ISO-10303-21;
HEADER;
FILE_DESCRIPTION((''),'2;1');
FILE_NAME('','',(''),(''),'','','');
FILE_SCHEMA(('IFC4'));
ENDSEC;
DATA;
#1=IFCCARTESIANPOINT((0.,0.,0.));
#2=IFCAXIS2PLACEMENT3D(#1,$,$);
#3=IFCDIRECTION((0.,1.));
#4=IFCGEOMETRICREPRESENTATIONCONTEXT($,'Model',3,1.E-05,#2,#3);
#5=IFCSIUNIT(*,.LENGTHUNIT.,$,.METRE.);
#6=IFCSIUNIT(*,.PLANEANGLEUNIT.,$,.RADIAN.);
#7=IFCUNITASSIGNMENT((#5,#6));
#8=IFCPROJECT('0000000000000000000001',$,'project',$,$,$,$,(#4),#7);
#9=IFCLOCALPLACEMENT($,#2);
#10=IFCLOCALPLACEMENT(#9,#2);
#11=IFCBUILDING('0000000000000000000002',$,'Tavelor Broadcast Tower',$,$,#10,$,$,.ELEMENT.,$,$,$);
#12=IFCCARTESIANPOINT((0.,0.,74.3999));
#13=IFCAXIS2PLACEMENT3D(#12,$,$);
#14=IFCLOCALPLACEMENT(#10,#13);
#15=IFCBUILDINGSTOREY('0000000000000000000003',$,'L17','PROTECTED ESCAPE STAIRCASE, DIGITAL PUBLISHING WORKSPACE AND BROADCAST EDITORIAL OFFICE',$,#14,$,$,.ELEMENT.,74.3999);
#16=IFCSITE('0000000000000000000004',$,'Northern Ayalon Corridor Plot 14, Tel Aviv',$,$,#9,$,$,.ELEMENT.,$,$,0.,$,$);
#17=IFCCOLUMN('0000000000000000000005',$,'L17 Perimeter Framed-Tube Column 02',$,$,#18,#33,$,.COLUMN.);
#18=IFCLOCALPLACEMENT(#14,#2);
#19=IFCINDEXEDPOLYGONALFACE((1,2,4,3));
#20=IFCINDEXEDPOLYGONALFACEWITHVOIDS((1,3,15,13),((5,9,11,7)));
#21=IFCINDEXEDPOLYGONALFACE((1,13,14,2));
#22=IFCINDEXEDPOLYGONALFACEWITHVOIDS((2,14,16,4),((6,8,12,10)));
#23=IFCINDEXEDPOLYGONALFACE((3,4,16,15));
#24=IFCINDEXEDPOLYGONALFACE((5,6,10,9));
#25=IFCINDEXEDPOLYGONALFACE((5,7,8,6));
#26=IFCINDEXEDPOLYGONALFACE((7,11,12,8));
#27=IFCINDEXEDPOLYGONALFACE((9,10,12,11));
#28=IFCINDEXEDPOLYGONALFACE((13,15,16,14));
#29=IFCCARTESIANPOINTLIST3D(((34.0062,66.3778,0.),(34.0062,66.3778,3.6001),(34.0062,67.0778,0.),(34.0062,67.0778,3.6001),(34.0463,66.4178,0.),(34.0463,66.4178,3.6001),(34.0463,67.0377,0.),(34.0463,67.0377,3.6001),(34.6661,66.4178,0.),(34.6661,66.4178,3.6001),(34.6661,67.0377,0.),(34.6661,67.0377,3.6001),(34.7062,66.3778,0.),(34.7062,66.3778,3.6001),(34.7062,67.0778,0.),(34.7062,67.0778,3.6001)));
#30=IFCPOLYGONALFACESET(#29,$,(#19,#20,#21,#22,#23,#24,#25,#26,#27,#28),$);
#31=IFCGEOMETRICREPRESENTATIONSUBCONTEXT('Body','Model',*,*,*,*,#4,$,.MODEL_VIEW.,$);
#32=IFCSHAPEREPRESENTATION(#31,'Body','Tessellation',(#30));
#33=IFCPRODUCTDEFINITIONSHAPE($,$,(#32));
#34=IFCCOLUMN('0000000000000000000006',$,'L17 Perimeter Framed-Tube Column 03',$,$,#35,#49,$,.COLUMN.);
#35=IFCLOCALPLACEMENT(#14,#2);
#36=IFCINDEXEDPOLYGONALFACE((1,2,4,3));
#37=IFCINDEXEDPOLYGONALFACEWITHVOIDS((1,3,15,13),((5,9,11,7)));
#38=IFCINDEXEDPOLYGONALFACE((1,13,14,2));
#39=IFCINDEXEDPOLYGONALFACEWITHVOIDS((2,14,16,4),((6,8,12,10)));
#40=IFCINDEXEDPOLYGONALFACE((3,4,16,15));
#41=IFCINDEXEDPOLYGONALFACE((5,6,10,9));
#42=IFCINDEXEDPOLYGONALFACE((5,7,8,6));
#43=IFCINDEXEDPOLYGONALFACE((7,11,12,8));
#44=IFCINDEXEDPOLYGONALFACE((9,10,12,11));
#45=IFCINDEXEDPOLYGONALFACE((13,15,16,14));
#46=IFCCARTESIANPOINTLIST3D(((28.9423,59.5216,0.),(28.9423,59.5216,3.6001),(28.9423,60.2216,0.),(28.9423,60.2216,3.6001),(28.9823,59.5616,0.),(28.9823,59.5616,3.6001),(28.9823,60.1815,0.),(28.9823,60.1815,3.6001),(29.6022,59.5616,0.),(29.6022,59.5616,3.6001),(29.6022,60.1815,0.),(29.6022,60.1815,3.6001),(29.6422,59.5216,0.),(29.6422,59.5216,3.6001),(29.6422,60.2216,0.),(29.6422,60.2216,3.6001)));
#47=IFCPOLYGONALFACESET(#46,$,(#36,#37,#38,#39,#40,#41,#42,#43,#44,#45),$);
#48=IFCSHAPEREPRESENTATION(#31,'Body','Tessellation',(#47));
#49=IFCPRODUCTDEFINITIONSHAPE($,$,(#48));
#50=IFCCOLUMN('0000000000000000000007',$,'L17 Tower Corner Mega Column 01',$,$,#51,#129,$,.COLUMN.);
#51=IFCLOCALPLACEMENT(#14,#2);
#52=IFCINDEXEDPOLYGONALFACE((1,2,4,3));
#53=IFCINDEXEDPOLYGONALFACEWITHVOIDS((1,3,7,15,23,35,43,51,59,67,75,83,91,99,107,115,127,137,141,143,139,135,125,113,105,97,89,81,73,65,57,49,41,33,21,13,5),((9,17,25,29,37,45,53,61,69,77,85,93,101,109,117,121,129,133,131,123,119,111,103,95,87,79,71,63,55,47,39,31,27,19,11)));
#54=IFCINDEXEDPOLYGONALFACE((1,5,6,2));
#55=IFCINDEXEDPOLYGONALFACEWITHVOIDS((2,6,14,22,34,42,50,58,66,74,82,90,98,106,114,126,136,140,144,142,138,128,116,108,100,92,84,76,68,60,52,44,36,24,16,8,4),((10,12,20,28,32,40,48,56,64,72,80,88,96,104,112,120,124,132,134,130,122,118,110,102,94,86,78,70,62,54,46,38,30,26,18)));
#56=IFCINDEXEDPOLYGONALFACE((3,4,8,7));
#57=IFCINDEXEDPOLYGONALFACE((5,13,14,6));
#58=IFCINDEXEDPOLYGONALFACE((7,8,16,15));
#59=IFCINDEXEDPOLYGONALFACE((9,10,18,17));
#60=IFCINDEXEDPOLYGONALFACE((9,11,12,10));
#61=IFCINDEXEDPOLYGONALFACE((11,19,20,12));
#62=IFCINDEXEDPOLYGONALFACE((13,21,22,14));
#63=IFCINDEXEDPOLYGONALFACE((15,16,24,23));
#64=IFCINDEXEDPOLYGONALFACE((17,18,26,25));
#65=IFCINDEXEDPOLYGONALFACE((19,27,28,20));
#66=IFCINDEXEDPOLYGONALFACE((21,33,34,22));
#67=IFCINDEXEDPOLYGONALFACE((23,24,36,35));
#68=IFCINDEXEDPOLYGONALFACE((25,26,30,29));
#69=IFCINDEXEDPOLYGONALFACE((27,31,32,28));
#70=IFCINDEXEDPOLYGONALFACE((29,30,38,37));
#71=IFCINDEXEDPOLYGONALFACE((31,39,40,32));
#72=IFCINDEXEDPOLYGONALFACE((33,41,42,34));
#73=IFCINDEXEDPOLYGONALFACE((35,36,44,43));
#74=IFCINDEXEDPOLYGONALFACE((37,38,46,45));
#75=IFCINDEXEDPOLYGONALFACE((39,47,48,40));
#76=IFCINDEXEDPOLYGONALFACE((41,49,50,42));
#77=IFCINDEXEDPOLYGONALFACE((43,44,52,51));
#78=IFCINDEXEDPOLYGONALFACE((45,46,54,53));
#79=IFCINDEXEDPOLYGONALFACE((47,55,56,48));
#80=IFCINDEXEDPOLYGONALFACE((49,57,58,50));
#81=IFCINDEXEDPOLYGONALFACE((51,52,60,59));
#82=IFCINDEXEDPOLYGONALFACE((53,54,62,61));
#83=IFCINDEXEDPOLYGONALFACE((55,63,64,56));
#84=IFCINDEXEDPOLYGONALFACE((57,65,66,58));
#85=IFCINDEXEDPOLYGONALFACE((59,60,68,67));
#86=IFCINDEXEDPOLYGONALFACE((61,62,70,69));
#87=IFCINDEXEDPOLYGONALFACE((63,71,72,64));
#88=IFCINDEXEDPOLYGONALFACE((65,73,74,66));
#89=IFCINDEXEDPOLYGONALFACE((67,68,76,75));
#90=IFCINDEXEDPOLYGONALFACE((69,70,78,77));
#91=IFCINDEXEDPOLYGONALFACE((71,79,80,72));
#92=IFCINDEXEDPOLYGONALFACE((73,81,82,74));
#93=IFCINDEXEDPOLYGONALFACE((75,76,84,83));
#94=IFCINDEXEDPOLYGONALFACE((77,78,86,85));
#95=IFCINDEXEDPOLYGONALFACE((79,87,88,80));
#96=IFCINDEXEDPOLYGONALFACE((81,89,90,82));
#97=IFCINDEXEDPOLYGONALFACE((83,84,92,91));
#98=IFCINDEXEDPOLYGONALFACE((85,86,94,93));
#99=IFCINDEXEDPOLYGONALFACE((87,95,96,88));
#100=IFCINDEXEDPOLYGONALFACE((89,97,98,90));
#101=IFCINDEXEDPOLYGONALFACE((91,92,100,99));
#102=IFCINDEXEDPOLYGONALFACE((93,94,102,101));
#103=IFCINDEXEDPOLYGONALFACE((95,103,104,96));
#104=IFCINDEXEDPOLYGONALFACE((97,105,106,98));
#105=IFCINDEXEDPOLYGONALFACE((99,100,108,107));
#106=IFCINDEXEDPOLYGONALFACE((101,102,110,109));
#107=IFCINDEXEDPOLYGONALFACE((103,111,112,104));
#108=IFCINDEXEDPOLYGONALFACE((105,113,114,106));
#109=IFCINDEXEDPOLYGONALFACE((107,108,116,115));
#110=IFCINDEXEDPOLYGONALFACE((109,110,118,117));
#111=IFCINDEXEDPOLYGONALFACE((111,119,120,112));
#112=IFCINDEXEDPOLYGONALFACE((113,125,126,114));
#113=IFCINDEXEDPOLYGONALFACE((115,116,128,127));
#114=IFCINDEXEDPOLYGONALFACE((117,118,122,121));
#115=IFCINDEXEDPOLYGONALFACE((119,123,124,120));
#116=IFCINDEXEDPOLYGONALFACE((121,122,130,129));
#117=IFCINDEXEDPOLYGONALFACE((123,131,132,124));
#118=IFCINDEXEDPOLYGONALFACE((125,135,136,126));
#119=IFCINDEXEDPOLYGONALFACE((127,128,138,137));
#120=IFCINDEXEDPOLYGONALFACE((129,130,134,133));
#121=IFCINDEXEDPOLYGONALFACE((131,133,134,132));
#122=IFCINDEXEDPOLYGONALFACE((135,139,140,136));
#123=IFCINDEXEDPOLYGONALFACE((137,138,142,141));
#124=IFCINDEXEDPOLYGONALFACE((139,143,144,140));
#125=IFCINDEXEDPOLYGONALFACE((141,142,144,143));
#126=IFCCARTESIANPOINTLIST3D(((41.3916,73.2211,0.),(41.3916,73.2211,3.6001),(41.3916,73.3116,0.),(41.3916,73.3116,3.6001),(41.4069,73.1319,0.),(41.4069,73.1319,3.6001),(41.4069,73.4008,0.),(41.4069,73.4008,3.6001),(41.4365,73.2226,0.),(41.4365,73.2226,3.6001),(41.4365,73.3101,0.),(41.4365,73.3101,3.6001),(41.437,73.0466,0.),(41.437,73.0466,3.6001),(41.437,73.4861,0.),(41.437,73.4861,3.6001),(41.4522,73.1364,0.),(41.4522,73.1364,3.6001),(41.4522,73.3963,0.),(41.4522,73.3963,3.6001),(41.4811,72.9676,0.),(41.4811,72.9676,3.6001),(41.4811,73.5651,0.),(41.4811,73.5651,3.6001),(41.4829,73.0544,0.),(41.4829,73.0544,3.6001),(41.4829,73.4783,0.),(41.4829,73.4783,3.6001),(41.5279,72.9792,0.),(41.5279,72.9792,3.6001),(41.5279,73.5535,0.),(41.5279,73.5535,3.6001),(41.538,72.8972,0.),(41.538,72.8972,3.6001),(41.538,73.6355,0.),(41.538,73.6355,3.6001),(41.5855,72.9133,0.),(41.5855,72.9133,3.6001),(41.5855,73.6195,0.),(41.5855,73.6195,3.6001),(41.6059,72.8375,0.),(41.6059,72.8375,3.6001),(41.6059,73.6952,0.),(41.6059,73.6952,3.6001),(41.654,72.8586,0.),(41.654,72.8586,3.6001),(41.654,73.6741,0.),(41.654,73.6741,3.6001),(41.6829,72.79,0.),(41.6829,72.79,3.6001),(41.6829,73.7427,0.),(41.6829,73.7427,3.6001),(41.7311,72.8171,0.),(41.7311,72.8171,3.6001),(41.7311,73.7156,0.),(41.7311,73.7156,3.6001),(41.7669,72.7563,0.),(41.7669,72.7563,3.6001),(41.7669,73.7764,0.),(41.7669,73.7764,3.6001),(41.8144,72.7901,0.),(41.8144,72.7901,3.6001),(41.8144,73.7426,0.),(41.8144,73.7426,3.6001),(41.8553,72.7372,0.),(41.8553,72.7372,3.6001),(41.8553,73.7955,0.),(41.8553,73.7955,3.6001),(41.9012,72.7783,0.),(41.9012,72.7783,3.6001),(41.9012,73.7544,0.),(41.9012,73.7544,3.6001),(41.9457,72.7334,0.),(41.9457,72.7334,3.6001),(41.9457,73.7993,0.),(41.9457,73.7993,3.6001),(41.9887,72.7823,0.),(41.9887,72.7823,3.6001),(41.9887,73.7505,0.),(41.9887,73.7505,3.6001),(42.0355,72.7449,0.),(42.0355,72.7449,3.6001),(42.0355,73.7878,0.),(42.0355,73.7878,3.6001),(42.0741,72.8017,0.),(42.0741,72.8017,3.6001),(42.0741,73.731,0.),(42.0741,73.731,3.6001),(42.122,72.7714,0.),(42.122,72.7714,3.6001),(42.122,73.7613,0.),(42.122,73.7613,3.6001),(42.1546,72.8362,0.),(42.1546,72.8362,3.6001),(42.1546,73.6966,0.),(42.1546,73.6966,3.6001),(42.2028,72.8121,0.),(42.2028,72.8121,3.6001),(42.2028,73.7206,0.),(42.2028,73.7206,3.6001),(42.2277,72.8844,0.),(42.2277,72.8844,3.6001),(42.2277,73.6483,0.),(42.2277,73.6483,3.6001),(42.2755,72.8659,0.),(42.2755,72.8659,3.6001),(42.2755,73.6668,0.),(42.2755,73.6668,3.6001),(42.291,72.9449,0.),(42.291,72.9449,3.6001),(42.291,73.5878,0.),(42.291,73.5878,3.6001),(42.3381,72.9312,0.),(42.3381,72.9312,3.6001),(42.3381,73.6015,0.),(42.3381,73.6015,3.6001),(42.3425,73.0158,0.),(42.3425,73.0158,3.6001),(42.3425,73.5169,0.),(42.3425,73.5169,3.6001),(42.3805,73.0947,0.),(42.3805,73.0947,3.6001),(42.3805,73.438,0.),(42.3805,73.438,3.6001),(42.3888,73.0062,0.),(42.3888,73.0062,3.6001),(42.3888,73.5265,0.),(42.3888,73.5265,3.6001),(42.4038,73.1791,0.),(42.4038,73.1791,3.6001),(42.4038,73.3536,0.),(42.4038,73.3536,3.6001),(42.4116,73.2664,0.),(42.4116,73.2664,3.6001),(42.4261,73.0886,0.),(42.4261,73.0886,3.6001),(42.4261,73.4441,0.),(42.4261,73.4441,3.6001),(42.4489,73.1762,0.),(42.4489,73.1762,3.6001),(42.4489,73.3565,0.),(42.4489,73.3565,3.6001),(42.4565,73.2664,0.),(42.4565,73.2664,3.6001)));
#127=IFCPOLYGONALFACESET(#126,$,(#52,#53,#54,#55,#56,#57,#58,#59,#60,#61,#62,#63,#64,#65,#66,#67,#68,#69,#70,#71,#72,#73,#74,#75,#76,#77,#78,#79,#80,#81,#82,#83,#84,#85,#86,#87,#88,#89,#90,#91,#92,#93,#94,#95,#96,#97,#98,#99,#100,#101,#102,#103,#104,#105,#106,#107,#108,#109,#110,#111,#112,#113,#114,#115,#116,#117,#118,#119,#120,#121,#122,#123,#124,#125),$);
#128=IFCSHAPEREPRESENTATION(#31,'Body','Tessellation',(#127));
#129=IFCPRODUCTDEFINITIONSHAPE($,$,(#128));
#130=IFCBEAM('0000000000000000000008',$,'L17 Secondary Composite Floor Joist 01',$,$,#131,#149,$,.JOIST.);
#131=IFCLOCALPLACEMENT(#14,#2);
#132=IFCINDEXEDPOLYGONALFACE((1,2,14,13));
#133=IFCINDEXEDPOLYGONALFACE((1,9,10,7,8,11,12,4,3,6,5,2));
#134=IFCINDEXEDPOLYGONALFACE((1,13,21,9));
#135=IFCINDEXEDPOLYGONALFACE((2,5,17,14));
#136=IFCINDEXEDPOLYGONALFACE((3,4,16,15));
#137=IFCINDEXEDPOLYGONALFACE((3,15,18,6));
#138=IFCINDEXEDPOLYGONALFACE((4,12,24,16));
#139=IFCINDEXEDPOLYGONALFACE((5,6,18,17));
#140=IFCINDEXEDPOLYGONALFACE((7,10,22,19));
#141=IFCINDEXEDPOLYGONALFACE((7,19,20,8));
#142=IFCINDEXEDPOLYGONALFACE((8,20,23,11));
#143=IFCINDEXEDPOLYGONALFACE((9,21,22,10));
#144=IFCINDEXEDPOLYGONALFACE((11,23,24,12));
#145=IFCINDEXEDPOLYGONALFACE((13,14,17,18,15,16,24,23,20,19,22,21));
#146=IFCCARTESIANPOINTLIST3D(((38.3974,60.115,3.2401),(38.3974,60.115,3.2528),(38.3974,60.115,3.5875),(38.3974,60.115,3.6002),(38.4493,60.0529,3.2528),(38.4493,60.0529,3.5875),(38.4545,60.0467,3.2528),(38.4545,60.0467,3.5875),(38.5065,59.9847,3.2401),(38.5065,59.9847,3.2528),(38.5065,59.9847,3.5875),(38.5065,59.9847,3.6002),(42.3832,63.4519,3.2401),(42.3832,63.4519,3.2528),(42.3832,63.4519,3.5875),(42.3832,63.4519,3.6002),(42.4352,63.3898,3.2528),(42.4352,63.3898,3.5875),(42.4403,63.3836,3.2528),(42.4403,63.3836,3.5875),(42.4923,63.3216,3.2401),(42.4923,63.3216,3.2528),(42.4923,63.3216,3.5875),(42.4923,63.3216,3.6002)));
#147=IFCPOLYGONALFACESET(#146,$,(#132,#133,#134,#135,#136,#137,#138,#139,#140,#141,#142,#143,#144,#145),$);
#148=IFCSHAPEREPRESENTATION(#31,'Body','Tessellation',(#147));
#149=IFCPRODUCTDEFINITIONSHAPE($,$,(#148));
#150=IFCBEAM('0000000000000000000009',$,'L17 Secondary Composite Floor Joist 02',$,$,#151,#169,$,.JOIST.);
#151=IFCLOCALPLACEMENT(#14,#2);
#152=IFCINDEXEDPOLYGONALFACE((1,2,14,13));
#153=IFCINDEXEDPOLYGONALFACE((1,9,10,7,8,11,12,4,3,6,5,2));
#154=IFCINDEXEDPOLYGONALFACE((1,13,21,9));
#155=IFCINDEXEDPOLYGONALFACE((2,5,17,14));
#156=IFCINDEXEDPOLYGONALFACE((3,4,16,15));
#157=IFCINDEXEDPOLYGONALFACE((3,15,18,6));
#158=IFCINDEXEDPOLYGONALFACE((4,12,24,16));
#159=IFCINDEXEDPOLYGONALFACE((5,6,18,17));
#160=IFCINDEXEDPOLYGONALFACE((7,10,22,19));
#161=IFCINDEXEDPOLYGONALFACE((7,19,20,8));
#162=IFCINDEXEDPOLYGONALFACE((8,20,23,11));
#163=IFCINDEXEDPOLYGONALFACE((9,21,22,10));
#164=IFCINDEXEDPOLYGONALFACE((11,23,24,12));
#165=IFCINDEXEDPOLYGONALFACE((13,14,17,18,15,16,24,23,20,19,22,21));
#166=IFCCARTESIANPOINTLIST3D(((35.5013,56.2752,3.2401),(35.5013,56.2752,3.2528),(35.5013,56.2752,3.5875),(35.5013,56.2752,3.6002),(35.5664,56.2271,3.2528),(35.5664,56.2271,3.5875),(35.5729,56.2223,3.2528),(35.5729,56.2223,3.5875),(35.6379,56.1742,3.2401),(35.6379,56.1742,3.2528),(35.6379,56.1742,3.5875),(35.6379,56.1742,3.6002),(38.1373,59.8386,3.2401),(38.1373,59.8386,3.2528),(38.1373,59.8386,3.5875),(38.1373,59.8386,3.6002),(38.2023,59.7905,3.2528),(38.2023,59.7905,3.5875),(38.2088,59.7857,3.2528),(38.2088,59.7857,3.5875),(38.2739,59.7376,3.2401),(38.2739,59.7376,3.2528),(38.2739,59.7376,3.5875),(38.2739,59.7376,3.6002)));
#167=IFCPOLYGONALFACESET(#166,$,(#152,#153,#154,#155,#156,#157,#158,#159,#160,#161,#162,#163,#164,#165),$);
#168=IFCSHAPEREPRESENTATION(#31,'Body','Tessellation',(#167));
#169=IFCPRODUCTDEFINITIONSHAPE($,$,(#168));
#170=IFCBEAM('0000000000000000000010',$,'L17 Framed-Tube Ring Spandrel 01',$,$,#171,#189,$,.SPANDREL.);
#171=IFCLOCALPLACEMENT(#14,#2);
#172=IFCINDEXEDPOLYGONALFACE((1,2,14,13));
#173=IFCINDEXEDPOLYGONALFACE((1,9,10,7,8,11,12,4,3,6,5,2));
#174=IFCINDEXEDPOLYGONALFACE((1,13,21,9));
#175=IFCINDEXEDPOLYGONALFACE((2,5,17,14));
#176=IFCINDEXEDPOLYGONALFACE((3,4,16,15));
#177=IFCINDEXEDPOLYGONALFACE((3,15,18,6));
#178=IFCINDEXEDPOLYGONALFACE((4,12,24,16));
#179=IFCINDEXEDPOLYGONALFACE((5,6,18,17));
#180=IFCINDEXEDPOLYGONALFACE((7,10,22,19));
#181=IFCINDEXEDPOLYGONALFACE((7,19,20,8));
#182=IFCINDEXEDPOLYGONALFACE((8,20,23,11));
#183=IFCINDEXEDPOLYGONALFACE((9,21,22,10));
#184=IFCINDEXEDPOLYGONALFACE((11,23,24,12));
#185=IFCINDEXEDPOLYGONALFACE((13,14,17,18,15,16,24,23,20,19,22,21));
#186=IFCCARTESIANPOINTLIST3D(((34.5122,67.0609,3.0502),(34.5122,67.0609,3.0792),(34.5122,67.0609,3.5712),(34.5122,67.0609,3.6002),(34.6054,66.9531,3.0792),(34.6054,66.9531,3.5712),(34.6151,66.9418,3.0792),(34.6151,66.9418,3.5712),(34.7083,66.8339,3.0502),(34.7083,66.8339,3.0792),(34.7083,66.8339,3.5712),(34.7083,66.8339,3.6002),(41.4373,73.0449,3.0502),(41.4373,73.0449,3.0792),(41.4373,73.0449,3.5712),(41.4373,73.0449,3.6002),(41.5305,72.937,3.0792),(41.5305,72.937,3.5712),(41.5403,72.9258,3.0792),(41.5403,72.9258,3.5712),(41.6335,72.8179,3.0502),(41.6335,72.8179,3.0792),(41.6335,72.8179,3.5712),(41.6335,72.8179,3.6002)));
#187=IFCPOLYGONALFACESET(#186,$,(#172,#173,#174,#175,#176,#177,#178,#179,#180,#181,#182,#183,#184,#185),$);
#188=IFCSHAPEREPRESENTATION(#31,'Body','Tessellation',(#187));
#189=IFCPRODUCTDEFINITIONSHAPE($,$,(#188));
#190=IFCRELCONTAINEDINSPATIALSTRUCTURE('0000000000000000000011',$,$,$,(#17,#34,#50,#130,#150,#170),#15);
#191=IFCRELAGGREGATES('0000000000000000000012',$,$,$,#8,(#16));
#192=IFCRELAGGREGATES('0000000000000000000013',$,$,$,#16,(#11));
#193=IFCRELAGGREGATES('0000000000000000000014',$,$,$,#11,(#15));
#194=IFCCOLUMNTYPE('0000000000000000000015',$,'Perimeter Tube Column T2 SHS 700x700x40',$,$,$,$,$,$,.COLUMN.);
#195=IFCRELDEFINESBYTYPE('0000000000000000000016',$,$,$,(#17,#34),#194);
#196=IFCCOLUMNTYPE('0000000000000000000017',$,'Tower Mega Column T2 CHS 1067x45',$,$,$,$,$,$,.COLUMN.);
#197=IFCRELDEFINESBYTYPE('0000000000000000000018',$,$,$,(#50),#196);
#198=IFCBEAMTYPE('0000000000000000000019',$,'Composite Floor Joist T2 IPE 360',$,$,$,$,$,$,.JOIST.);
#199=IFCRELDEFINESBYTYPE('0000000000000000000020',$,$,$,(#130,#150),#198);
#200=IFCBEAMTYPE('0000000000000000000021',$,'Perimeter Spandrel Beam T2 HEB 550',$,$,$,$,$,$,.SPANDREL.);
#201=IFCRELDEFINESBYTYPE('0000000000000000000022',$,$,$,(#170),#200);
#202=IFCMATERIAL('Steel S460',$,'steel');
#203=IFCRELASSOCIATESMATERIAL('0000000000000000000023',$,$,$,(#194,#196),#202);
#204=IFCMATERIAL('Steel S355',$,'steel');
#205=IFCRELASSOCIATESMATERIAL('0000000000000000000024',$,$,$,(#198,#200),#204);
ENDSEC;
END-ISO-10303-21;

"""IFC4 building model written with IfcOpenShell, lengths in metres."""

from ifc_helpers import new_model, si_unit, direction, frame, origin, origin_2d, place, context, subcontext, project, spatial, hollow_rectangle, hollow_circle, i_section, extrude, material, material_profile, profile_set, type_object, element, save


model = new_model("IFC4")

# Units and contexts
model_context = context("Model", 3, precision=1e-05, world=origin(), true_north=direction((0.0, 1.0)))
body_context = subcontext(model_context, "Body", "Model", "MODEL_VIEW")
ifc_project = project(units=[si_unit("LENGTHUNIT", "METRE"), si_unit("PLANEANGLEUNIT", "RADIAN")], contexts=[model_context])

# Site, building, storey
site_placement = place(None, origin())
site = spatial("IfcSite", under=ifc_project, at=site_placement, Name="Northern Ayalon Corridor Plot 14, Tel Aviv", CompositionType="ELEMENT", RefElevation=0.0)
building_placement = place(site_placement, origin())
building = spatial("IfcBuilding", under=site, at=building_placement, Name="Tavelor Broadcast Tower", CompositionType="ELEMENT")
storey_placement = place(building_placement, frame((0.0, 0.0, 74.3999)))
storey = spatial("IfcBuildingStorey", under=building, at=storey_placement, Name="L17", Description="PROTECTED ESCAPE STAIRCASE, DIGITAL PUBLISHING WORKSPACE AND BROADCAST EDITORIAL OFFICE", CompositionType="ELEMENT", Elevation=74.3999)

# Columns
ifc_material_1 = material(Name="Steel S460", Category="steel")
ifc_material_profile_1 = material_profile(ifc_material_1, hollow_rectangle(XDim=0.7, YDim=0.7, WallThickness=0.04, at=origin_2d()), Name="SHS 700x700x40")
ifc_profile_set_1 = profile_set([ifc_material_profile_1], Name="Steel S460")
column_type_1 = type_object("IfcColumnType", Name="Perimeter Tube Column T2 SHS 700x700x40", PredefinedType="COLUMN", material=ifc_profile_set_1)
for number, where, z_axis, x_axis, name in (
    (1, (34.3562, 66.7278, 0.0), (0.0, 0.0, 1.0), (1.0, 0.0, 0.0), "L17 Perimeter Framed-Tube Column 02"),
    (2, (29.2922, 59.8716, 0.0), (0.0, 0.0, 1.0), (1.0, 0.0, 0.0), "L17 Perimeter Framed-Tube Column 03"),
):
    element("IfcColumn", number, at=place(storey_placement, frame(where, z_axis=z_axis, x_axis=x_axis)), inside=storey, type_object=column_type_1, Name=name, PredefinedType="COLUMN", context=body_context, shape_type="SweptSolid", body=[
        extrude(hollow_rectangle(XDim=0.7, YDim=0.7, WallThickness=0.04, at=origin_2d()), origin(), (0.0, 0.0, 1.0), 3.6001),
    ])
ifc_material_profile_2 = material_profile(ifc_material_1, hollow_circle(Radius=0.5334, WallThickness=0.0449, at=origin_2d()), Name="CHS 1067x45")
ifc_profile_set_2 = profile_set([ifc_material_profile_2], Name="Steel S460")
column_type_2 = type_object("IfcColumnType", Name="Tower Mega Column T2 CHS 1067x45", PredefinedType="COLUMN", material=ifc_profile_set_2)
column_placement = place(storey_placement, frame((41.9231, 73.2664, 0.0), z_axis=(0.0, 0.0, 1.0), x_axis=(1.0, 0.0, 0.0)))
element("IfcColumn", 3, at=column_placement, inside=storey, type_object=column_type_2, Name="L17 Tower Corner Mega Column 01", PredefinedType="COLUMN", context=body_context, shape_type="SweptSolid", body=[
    extrude(hollow_circle(Radius=0.5334, WallThickness=0.0449, at=origin_2d()), origin(), (0.0, 0.0, 1.0), 3.6001),
])

# Beams
ifc_material_2 = material(Name="Steel S355", Category="steel")
ifc_material_profile_3 = material_profile(ifc_material_2, i_section(OverallWidth=0.1699, OverallDepth=0.3601, WebThickness=0.0081, FlangeThickness=0.0127, at=origin_2d()), Name="IPE 360")
ifc_profile_set_3 = profile_set([ifc_material_profile_3], Name="Steel S355")
beam_type_1 = type_object("IfcBeamType", Name="Composite Floor Joist T2 IPE 360", PredefinedType="JOIST", material=ifc_profile_set_3)
beam_1_placement = place(storey_placement, frame((42.4377, 63.3867, 3.4202), z_axis=(-0.766764, -0.641929, 0.0), x_axis=(0.641929, -0.766764, 0.0)))
element("IfcBeam", 4, at=beam_1_placement, inside=storey, type_object=beam_type_1, Name="L17 Secondary Composite Floor Joist 01", PredefinedType="JOIST", context=body_context, shape_type="SweptSolid", body=[
    extrude(i_section(OverallWidth=0.1699, OverallDepth=0.3601, WebThickness=0.0081, FlangeThickness=0.0127, at=origin_2d()), origin(), (0.0, 0.0, 1.0), 5.1982),
])
beam_2_placement = place(storey_placement, frame((38.2056, 59.7881, 3.4202), z_axis=(-0.594699, -0.803948, 0.0), x_axis=(0.803948, -0.594699, 0.0)))
element("IfcBeam", 5, at=beam_2_placement, inside=storey, type_object=beam_type_1, Name="L17 Secondary Composite Floor Joist 02", PredefinedType="JOIST", context=body_context, shape_type="SweptSolid", body=[
    extrude(i_section(OverallWidth=0.1699, OverallDepth=0.3601, WebThickness=0.0081, FlangeThickness=0.0127, at=origin_2d()), origin(), (0.0, 0.0, 1.0), 4.4324),
])
ifc_material_profile_4 = material_profile(ifc_material_2, i_section(OverallWidth=0.3, OverallDepth=0.55, WebThickness=0.0149, FlangeThickness=0.0291, at=origin_2d()), Name="HEB 550")
ifc_profile_set_4 = profile_set([ifc_material_profile_4], Name="Steel S355")
beam_type_2 = type_object("IfcBeamType", Name="Perimeter Spandrel Beam T2 HEB 550", PredefinedType="SPANDREL", material=ifc_profile_set_4)
beam_3_placement = place(storey_placement, frame((41.5354, 72.9314, 3.3252), z_axis=(-0.756652, -0.653818, 0.0), x_axis=(0.653818, -0.756652, 0.0)))
element("IfcBeam", 6, at=beam_3_placement, inside=storey, type_object=beam_type_2, Name="L17 Framed-Tube Ring Spandrel 01", PredefinedType="SPANDREL", context=body_context, shape_type="SweptSolid", body=[
    extrude(i_section(OverallWidth=0.3, OverallDepth=0.55, WebThickness=0.0149, FlangeThickness=0.0291, at=origin_2d()), origin(), (0.0, 0.0, 1.0), 9.1523),
])

save(model, "model.ifc")
